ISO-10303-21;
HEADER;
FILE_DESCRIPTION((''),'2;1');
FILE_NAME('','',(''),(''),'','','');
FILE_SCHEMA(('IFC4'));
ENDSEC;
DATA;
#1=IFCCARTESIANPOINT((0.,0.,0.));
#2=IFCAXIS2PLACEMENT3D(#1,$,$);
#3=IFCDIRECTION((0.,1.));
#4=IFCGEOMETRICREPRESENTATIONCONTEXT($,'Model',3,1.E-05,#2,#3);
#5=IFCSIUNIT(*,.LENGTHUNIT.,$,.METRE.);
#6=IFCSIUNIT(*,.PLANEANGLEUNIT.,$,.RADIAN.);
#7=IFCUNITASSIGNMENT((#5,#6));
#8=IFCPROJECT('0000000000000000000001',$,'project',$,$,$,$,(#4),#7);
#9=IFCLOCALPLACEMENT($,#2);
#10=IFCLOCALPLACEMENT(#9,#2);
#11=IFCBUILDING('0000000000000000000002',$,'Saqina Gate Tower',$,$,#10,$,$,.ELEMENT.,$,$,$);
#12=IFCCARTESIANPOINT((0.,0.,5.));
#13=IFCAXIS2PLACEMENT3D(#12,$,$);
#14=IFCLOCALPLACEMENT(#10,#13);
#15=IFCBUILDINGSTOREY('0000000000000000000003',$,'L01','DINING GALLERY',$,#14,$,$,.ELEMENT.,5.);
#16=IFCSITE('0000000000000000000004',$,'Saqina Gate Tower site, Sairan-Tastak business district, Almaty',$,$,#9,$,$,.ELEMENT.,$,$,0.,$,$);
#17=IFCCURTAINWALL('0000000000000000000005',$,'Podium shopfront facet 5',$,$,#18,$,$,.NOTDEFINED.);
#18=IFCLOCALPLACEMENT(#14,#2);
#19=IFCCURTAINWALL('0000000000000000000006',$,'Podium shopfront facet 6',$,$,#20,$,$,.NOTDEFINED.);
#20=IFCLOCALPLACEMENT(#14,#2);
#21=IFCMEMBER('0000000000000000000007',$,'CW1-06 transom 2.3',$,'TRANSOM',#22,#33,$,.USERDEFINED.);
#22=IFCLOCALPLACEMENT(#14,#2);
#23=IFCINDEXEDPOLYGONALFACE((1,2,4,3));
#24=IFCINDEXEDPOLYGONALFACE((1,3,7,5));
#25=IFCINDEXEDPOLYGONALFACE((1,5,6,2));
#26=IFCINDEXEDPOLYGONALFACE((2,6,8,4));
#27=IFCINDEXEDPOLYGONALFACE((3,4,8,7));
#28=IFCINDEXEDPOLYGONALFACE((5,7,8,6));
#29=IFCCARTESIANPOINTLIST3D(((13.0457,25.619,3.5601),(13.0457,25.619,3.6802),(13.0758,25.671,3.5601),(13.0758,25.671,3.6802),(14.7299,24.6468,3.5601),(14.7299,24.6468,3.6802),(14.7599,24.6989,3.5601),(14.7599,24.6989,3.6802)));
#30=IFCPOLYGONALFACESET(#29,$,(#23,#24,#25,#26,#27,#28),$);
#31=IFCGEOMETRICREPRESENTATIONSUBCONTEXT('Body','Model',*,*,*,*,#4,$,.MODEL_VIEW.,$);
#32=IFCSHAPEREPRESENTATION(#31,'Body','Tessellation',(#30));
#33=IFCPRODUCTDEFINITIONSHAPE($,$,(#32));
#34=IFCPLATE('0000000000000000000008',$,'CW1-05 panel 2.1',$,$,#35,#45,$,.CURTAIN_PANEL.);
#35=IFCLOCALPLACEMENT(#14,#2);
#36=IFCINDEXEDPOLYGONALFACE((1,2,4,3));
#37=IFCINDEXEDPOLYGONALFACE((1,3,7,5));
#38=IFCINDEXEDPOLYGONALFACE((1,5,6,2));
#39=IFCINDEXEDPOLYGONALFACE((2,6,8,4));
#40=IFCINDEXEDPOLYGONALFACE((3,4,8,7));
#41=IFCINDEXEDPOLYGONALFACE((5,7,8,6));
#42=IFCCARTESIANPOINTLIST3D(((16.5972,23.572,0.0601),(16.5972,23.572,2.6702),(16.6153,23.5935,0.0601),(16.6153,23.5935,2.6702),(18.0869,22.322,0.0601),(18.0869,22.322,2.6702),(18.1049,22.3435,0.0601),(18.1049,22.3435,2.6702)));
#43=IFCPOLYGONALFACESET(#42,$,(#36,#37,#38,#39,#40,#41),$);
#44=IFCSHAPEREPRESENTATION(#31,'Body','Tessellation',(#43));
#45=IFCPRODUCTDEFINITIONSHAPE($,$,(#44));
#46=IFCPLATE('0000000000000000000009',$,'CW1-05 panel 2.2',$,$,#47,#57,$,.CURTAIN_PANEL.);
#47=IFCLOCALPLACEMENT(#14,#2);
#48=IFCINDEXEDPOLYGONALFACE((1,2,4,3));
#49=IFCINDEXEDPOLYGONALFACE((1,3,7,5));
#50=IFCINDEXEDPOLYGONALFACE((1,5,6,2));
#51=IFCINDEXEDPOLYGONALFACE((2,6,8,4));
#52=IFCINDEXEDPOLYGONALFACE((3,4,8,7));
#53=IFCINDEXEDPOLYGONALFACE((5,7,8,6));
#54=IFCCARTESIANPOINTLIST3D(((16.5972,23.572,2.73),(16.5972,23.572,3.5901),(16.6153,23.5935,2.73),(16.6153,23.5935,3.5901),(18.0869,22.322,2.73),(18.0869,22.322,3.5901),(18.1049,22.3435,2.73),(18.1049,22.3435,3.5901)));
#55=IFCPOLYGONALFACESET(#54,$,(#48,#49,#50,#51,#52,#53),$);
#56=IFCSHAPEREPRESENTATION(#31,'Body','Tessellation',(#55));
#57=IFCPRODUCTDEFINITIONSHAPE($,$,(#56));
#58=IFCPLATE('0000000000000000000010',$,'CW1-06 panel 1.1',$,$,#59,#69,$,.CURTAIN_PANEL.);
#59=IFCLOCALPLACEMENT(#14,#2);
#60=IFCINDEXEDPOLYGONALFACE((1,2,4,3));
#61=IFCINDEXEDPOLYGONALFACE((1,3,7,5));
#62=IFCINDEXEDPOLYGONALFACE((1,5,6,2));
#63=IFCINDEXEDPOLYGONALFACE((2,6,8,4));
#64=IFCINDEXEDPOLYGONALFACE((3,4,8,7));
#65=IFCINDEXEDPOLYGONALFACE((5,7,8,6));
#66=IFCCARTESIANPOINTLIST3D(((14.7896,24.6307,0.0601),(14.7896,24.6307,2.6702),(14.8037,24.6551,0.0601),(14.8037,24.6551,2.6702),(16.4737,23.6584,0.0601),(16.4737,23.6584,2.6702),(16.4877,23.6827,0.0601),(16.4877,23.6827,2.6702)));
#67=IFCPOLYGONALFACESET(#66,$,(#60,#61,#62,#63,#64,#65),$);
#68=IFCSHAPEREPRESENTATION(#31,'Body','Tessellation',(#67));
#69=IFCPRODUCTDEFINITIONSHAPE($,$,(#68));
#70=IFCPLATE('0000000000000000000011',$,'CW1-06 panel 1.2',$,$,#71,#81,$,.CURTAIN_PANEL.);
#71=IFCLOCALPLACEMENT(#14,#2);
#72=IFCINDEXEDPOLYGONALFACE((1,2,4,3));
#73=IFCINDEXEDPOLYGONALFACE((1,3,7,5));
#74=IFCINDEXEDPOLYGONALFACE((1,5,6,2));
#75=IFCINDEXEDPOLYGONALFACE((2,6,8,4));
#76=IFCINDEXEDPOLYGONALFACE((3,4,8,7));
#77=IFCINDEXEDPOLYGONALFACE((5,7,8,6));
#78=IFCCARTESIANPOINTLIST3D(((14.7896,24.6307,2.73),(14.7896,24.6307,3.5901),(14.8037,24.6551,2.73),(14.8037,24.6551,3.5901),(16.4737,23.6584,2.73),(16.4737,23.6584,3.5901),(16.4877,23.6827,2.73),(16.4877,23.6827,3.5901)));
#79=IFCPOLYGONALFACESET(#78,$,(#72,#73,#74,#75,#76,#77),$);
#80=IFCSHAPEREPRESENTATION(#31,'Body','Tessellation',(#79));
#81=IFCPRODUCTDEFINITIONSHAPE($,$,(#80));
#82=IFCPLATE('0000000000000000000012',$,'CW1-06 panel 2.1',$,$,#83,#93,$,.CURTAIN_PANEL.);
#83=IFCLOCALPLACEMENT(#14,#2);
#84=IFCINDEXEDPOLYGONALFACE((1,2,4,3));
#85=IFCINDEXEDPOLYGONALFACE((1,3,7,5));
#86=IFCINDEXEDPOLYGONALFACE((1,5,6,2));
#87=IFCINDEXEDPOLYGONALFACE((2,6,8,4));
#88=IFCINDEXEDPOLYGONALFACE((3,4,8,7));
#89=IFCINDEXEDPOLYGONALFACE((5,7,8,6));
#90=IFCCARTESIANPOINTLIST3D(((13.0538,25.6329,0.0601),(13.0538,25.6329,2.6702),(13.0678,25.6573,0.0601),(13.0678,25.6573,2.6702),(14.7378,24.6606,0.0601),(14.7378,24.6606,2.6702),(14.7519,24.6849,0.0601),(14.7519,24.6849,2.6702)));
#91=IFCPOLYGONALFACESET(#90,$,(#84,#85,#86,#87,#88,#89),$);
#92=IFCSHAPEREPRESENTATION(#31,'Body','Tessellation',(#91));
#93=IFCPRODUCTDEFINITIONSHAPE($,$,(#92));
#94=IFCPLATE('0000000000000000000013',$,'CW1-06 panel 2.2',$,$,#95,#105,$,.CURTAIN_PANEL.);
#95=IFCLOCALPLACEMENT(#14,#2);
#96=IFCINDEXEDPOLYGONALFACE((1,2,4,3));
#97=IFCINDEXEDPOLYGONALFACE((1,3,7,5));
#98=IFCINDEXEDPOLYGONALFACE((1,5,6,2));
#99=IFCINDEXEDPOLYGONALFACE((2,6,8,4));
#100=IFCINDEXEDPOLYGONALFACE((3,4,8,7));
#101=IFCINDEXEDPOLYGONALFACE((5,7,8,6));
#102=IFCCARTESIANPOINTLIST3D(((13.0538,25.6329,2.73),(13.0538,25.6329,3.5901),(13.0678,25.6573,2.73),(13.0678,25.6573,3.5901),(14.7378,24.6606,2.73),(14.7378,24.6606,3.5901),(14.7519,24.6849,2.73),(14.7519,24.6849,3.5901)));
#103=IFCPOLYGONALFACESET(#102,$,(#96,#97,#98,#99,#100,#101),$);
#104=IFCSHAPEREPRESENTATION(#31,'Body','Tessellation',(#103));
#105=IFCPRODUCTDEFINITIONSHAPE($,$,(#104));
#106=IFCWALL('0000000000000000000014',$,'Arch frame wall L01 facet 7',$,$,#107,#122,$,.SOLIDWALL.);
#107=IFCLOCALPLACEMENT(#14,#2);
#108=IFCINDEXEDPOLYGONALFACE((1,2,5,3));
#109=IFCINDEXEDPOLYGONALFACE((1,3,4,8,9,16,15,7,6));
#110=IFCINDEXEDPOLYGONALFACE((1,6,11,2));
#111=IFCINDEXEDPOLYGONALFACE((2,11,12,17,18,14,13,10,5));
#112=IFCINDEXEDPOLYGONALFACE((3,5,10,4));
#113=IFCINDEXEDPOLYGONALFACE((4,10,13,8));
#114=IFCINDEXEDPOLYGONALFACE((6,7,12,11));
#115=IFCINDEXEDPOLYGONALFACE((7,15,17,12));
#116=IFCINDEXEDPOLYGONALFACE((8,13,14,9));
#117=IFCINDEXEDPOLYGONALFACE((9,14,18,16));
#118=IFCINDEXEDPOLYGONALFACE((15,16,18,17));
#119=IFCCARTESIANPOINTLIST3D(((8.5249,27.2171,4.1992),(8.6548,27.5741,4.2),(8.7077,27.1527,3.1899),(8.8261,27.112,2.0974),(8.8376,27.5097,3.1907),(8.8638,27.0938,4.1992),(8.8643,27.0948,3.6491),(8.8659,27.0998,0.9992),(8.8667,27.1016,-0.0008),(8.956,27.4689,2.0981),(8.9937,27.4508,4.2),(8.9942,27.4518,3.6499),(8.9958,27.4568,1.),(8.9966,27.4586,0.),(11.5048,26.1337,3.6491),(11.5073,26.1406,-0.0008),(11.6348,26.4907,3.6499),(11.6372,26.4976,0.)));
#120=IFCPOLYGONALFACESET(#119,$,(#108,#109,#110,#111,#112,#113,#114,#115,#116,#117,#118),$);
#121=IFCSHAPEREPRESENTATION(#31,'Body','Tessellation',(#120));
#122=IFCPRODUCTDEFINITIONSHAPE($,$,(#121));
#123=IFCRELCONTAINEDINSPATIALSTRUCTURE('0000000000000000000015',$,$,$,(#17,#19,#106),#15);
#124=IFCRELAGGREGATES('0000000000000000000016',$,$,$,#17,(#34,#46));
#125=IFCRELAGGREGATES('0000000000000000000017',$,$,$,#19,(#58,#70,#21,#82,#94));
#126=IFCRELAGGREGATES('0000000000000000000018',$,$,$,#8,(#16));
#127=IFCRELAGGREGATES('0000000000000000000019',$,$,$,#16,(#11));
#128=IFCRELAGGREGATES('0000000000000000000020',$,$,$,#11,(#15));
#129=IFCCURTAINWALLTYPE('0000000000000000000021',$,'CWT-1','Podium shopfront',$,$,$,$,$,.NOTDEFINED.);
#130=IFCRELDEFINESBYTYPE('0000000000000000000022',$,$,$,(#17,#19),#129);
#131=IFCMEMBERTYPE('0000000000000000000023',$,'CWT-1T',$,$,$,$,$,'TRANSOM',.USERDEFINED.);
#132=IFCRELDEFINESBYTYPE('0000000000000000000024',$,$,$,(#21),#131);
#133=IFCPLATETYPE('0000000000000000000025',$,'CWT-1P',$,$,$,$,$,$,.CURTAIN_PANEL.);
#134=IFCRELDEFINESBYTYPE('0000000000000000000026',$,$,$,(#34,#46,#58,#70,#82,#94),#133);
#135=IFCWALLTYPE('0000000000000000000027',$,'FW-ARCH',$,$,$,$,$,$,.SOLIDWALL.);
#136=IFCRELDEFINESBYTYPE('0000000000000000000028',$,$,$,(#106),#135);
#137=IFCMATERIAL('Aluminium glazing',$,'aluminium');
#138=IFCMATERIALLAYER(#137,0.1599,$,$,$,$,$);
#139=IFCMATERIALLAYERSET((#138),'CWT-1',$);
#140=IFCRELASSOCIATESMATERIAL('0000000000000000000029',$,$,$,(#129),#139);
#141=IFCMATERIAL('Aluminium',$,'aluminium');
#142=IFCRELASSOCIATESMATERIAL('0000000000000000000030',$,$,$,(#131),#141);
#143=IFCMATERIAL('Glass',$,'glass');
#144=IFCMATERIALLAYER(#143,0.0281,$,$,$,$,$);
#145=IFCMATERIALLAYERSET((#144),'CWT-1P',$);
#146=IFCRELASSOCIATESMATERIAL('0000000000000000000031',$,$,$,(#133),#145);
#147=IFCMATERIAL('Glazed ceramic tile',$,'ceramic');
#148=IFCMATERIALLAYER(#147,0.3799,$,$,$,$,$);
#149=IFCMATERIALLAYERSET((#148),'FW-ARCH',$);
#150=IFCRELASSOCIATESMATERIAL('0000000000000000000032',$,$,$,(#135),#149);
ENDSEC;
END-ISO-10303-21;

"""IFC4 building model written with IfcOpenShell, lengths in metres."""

from ifc_helpers import new_model, si_unit, direction, frame, origin, origin_2d, place, context, subcontext, project, spatial, polyline, rectangle, outline, extrude, material, layer, layer_set, material_profile, profile_set, type_object, element, aggregate, save


model = new_model("IFC4")

# Units and contexts
model_context = context("Model", 3, precision=1e-05, world=origin(), true_north=direction((0.0, 1.0)))
body_context = subcontext(model_context, "Body", "Model", "MODEL_VIEW")
ifc_project = project(units=[si_unit("LENGTHUNIT", "METRE"), si_unit("PLANEANGLEUNIT", "RADIAN")], contexts=[model_context])

# Site, building, storey
site_placement = place(None, origin())
site = spatial("IfcSite", under=ifc_project, at=site_placement, Name="Saqina Gate Tower site, Sairan-Tastak business district, Almaty", CompositionType="ELEMENT", RefElevation=0.0)
building_placement = place(site_placement, origin())
building = spatial("IfcBuilding", under=site, at=building_placement, Name="Saqina Gate Tower", CompositionType="ELEMENT")
storey_placement = place(building_placement, frame((0.0, 0.0, 5.0)))
storey = spatial("IfcBuildingStorey", under=building, at=storey_placement, Name="L01", Description="DINING GALLERY", CompositionType="ELEMENT", Elevation=5.0)

# Curtain walls
ifc_material_1 = material(Name="Aluminium glazing", Category="aluminium")
ifc_layer_1 = layer(ifc_material_1, 0.1599)
ifc_layer_set_1 = layer_set([ifc_layer_1], Name="CWT-1")
curtain_wall_type = type_object("IfcCurtainWallType", Name="CWT-1", Description="Podium shopfront", PredefinedType="NOTDEFINED", material=ifc_layer_set_1)
curtain_wall_1_placement = place(storey_placement, origin())
curtain_wall_1 = element("IfcCurtainWall", 1, at=curtain_wall_1_placement, inside=storey, type_object=curtain_wall_type, Name="Podium shopfront facet 5", PredefinedType="NOTDEFINED")
curtain_wall_2_placement = place(storey_placement, origin())
curtain_wall_2 = element("IfcCurtainWall", 2, at=curtain_wall_2_placement, inside=storey, type_object=curtain_wall_type, Name="Podium shopfront facet 6", PredefinedType="NOTDEFINED")

# Member
ifc_material_2 = material(Name="Aluminium", Category="aluminium")
ifc_material_profile_1 = material_profile(ifc_material_2, rectangle(XDim=0.0601, YDim=0.1201, at=origin_2d()), Name="Aluminium 60x120")
ifc_profile_set_1 = profile_set([ifc_material_profile_1], Name="Aluminium")
member_type_1 = type_object("IfcMemberType", Name="CWT-1T", ElementType="TRANSOM", PredefinedType="USERDEFINED", material=ifc_profile_set_1)
member_1_placement = place(storey_placement, frame((14.7449, 24.6729, 3.6201), z_axis=(-0.866056, 0.499947, 0.0), x_axis=(-0.499947, -0.866056, 0.0)))
member_1 = element("IfcMember", 3, at=member_1_placement, type_object=member_type_1, Name="CW1-06 transom 2.3", ObjectType="TRANSOM", PredefinedType="USERDEFINED", context=body_context, shape_type="SweptSolid", body=[
    extrude(rectangle(XDim=0.0601, YDim=0.1201, at=origin_2d()), origin(), (0.0, 0.0, 1.0), 1.9446),
])

# Plates
ifc_material_3 = material(Name="Glass", Category="glass")
ifc_layer_2 = layer(ifc_material_3, 0.0281)
ifc_layer_set_2 = layer_set([ifc_layer_2], Name="CWT-1P")
plate_type = type_object("IfcPlateType", Name="CWT-1P", PredefinedType="CURTAIN_PANEL", material=ifc_layer_set_2)
plate_1_placement = place(storey_placement, frame((17.3511, 22.9578, 0.0601), z_axis=(0.0, 0.0, 1.0), x_axis=(-0.766051, 0.642779, 0.0)))
plate_1 = element("IfcPlate", 4, at=plate_1_placement, type_object=plate_type, Name="CW1-05 panel 2.1", PredefinedType="CURTAIN_PANEL", context=body_context, shape_type="SweptSolid", body=[
    extrude(rectangle(XDim=1.9446, YDim=0.0281, at=origin_2d()), origin(), (0.0, 0.0, 1.0), 2.6101),
])
plate_2_placement = place(storey_placement, frame((17.3511, 22.9578, 2.73), z_axis=(0.0, 0.0, 1.0), x_axis=(-0.766051, 0.642779, 0.0)))
plate_2 = element("IfcPlate", 5, at=plate_2_placement, type_object=plate_type, Name="CW1-05 panel 2.2", PredefinedType="CURTAIN_PANEL", context=body_context, shape_type="SweptSolid", body=[
    extrude(rectangle(XDim=1.9446, YDim=0.0281, at=origin_2d()), origin(), (0.0, 0.0, 1.0), 0.8601),
])
aggregate(curtain_wall_1, [plate_1, plate_2])
plate_3_placement = place(storey_placement, frame((15.6387, 24.1567, 0.0601), z_axis=(0.0, 0.0, 1.0), x_axis=(-0.866017, 0.500014, 0.0)))
plate_3 = element("IfcPlate", 6, at=plate_3_placement, type_object=plate_type, Name="CW1-06 panel 1.1", PredefinedType="CURTAIN_PANEL", context=body_context, shape_type="SweptSolid", body=[
    extrude(rectangle(XDim=1.9446, YDim=0.0281, at=origin_2d()), origin(), (0.0, 0.0, 1.0), 2.6101),
])
plate_4_placement = place(storey_placement, frame((15.6387, 24.1567, 2.73), z_axis=(0.0, 0.0, 1.0), x_axis=(-0.866017, 0.500014, 0.0)))
plate_4 = element("IfcPlate", 7, at=plate_4_placement, type_object=plate_type, Name="CW1-06 panel 1.2", PredefinedType="CURTAIN_PANEL", context=body_context, shape_type="SweptSolid", body=[
    extrude(rectangle(XDim=1.9446, YDim=0.0281, at=origin_2d()), origin(), (0.0, 0.0, 1.0), 0.8601),
])
plate_5_placement = place(storey_placement, frame((13.9028, 25.1589, 0.0601), z_axis=(0.0, 0.0, 1.0), x_axis=(-0.866017, 0.500014, 0.0)))
plate_5 = element("IfcPlate", 8, at=plate_5_placement, type_object=plate_type, Name="CW1-06 panel 2.1", PredefinedType="CURTAIN_PANEL", context=body_context, shape_type="SweptSolid", body=[
    extrude(rectangle(XDim=1.9446, YDim=0.0281, at=origin_2d()), origin(), (0.0, 0.0, 1.0), 2.6101),
])
plate_6_placement = place(storey_placement, frame((13.9028, 25.1589, 2.73), z_axis=(0.0, 0.0, 1.0), x_axis=(-0.866017, 0.500014, 0.0)))
plate_6 = element("IfcPlate", 9, at=plate_6_placement, type_object=plate_type, Name="CW1-06 panel 2.2", PredefinedType="CURTAIN_PANEL", context=body_context, shape_type="SweptSolid", body=[
    extrude(rectangle(XDim=1.9446, YDim=0.0281, at=origin_2d()), origin(), (0.0, 0.0, 1.0), 0.8601),
])
aggregate(curtain_wall_2, [plate_3, plate_4, member_1, plate_5, plate_6])

# Wall
ifc_material_4 = material(Name="Glazed ceramic tile", Category="ceramic")
ifc_layer_3 = layer(ifc_material_4, 0.3799)
ifc_layer_set_3 = layer_set([ifc_layer_3], Name="FW-ARCH")
wall_type = type_object("IfcWallType", Name="FW-ARCH", PredefinedType="SOLIDWALL", material=ifc_layer_set_3)
wall_placement = place(storey_placement, frame((11.6372, 26.4976, 0.0), z_axis=(0.34201, 0.939694, 0.001993), x_axis=(-0.00067, -0.001877, 0.999998)))
element("IfcWall", 10, at=wall_placement, inside=storey, type_object=wall_type, Name="Arch frame wall L01 facet 7", PredefinedType="SOLIDWALL", context=body_context, shape_type="SweptSolid", body=[
    extrude(outline(polyline([(0.0, 0.0), (3.6499, 0.0), (3.6499, -2.81), (4.1999, -2.8102), (4.1999, -3.1708), (3.1906, -2.977), (2.0981, -2.8517), (1.0, -2.8102), (0.0, -2.81), (0.0, 0.0)])), origin(), (0.0, 0.0, -1.0), 0.3799),
])

save(model, "model.ifc")
